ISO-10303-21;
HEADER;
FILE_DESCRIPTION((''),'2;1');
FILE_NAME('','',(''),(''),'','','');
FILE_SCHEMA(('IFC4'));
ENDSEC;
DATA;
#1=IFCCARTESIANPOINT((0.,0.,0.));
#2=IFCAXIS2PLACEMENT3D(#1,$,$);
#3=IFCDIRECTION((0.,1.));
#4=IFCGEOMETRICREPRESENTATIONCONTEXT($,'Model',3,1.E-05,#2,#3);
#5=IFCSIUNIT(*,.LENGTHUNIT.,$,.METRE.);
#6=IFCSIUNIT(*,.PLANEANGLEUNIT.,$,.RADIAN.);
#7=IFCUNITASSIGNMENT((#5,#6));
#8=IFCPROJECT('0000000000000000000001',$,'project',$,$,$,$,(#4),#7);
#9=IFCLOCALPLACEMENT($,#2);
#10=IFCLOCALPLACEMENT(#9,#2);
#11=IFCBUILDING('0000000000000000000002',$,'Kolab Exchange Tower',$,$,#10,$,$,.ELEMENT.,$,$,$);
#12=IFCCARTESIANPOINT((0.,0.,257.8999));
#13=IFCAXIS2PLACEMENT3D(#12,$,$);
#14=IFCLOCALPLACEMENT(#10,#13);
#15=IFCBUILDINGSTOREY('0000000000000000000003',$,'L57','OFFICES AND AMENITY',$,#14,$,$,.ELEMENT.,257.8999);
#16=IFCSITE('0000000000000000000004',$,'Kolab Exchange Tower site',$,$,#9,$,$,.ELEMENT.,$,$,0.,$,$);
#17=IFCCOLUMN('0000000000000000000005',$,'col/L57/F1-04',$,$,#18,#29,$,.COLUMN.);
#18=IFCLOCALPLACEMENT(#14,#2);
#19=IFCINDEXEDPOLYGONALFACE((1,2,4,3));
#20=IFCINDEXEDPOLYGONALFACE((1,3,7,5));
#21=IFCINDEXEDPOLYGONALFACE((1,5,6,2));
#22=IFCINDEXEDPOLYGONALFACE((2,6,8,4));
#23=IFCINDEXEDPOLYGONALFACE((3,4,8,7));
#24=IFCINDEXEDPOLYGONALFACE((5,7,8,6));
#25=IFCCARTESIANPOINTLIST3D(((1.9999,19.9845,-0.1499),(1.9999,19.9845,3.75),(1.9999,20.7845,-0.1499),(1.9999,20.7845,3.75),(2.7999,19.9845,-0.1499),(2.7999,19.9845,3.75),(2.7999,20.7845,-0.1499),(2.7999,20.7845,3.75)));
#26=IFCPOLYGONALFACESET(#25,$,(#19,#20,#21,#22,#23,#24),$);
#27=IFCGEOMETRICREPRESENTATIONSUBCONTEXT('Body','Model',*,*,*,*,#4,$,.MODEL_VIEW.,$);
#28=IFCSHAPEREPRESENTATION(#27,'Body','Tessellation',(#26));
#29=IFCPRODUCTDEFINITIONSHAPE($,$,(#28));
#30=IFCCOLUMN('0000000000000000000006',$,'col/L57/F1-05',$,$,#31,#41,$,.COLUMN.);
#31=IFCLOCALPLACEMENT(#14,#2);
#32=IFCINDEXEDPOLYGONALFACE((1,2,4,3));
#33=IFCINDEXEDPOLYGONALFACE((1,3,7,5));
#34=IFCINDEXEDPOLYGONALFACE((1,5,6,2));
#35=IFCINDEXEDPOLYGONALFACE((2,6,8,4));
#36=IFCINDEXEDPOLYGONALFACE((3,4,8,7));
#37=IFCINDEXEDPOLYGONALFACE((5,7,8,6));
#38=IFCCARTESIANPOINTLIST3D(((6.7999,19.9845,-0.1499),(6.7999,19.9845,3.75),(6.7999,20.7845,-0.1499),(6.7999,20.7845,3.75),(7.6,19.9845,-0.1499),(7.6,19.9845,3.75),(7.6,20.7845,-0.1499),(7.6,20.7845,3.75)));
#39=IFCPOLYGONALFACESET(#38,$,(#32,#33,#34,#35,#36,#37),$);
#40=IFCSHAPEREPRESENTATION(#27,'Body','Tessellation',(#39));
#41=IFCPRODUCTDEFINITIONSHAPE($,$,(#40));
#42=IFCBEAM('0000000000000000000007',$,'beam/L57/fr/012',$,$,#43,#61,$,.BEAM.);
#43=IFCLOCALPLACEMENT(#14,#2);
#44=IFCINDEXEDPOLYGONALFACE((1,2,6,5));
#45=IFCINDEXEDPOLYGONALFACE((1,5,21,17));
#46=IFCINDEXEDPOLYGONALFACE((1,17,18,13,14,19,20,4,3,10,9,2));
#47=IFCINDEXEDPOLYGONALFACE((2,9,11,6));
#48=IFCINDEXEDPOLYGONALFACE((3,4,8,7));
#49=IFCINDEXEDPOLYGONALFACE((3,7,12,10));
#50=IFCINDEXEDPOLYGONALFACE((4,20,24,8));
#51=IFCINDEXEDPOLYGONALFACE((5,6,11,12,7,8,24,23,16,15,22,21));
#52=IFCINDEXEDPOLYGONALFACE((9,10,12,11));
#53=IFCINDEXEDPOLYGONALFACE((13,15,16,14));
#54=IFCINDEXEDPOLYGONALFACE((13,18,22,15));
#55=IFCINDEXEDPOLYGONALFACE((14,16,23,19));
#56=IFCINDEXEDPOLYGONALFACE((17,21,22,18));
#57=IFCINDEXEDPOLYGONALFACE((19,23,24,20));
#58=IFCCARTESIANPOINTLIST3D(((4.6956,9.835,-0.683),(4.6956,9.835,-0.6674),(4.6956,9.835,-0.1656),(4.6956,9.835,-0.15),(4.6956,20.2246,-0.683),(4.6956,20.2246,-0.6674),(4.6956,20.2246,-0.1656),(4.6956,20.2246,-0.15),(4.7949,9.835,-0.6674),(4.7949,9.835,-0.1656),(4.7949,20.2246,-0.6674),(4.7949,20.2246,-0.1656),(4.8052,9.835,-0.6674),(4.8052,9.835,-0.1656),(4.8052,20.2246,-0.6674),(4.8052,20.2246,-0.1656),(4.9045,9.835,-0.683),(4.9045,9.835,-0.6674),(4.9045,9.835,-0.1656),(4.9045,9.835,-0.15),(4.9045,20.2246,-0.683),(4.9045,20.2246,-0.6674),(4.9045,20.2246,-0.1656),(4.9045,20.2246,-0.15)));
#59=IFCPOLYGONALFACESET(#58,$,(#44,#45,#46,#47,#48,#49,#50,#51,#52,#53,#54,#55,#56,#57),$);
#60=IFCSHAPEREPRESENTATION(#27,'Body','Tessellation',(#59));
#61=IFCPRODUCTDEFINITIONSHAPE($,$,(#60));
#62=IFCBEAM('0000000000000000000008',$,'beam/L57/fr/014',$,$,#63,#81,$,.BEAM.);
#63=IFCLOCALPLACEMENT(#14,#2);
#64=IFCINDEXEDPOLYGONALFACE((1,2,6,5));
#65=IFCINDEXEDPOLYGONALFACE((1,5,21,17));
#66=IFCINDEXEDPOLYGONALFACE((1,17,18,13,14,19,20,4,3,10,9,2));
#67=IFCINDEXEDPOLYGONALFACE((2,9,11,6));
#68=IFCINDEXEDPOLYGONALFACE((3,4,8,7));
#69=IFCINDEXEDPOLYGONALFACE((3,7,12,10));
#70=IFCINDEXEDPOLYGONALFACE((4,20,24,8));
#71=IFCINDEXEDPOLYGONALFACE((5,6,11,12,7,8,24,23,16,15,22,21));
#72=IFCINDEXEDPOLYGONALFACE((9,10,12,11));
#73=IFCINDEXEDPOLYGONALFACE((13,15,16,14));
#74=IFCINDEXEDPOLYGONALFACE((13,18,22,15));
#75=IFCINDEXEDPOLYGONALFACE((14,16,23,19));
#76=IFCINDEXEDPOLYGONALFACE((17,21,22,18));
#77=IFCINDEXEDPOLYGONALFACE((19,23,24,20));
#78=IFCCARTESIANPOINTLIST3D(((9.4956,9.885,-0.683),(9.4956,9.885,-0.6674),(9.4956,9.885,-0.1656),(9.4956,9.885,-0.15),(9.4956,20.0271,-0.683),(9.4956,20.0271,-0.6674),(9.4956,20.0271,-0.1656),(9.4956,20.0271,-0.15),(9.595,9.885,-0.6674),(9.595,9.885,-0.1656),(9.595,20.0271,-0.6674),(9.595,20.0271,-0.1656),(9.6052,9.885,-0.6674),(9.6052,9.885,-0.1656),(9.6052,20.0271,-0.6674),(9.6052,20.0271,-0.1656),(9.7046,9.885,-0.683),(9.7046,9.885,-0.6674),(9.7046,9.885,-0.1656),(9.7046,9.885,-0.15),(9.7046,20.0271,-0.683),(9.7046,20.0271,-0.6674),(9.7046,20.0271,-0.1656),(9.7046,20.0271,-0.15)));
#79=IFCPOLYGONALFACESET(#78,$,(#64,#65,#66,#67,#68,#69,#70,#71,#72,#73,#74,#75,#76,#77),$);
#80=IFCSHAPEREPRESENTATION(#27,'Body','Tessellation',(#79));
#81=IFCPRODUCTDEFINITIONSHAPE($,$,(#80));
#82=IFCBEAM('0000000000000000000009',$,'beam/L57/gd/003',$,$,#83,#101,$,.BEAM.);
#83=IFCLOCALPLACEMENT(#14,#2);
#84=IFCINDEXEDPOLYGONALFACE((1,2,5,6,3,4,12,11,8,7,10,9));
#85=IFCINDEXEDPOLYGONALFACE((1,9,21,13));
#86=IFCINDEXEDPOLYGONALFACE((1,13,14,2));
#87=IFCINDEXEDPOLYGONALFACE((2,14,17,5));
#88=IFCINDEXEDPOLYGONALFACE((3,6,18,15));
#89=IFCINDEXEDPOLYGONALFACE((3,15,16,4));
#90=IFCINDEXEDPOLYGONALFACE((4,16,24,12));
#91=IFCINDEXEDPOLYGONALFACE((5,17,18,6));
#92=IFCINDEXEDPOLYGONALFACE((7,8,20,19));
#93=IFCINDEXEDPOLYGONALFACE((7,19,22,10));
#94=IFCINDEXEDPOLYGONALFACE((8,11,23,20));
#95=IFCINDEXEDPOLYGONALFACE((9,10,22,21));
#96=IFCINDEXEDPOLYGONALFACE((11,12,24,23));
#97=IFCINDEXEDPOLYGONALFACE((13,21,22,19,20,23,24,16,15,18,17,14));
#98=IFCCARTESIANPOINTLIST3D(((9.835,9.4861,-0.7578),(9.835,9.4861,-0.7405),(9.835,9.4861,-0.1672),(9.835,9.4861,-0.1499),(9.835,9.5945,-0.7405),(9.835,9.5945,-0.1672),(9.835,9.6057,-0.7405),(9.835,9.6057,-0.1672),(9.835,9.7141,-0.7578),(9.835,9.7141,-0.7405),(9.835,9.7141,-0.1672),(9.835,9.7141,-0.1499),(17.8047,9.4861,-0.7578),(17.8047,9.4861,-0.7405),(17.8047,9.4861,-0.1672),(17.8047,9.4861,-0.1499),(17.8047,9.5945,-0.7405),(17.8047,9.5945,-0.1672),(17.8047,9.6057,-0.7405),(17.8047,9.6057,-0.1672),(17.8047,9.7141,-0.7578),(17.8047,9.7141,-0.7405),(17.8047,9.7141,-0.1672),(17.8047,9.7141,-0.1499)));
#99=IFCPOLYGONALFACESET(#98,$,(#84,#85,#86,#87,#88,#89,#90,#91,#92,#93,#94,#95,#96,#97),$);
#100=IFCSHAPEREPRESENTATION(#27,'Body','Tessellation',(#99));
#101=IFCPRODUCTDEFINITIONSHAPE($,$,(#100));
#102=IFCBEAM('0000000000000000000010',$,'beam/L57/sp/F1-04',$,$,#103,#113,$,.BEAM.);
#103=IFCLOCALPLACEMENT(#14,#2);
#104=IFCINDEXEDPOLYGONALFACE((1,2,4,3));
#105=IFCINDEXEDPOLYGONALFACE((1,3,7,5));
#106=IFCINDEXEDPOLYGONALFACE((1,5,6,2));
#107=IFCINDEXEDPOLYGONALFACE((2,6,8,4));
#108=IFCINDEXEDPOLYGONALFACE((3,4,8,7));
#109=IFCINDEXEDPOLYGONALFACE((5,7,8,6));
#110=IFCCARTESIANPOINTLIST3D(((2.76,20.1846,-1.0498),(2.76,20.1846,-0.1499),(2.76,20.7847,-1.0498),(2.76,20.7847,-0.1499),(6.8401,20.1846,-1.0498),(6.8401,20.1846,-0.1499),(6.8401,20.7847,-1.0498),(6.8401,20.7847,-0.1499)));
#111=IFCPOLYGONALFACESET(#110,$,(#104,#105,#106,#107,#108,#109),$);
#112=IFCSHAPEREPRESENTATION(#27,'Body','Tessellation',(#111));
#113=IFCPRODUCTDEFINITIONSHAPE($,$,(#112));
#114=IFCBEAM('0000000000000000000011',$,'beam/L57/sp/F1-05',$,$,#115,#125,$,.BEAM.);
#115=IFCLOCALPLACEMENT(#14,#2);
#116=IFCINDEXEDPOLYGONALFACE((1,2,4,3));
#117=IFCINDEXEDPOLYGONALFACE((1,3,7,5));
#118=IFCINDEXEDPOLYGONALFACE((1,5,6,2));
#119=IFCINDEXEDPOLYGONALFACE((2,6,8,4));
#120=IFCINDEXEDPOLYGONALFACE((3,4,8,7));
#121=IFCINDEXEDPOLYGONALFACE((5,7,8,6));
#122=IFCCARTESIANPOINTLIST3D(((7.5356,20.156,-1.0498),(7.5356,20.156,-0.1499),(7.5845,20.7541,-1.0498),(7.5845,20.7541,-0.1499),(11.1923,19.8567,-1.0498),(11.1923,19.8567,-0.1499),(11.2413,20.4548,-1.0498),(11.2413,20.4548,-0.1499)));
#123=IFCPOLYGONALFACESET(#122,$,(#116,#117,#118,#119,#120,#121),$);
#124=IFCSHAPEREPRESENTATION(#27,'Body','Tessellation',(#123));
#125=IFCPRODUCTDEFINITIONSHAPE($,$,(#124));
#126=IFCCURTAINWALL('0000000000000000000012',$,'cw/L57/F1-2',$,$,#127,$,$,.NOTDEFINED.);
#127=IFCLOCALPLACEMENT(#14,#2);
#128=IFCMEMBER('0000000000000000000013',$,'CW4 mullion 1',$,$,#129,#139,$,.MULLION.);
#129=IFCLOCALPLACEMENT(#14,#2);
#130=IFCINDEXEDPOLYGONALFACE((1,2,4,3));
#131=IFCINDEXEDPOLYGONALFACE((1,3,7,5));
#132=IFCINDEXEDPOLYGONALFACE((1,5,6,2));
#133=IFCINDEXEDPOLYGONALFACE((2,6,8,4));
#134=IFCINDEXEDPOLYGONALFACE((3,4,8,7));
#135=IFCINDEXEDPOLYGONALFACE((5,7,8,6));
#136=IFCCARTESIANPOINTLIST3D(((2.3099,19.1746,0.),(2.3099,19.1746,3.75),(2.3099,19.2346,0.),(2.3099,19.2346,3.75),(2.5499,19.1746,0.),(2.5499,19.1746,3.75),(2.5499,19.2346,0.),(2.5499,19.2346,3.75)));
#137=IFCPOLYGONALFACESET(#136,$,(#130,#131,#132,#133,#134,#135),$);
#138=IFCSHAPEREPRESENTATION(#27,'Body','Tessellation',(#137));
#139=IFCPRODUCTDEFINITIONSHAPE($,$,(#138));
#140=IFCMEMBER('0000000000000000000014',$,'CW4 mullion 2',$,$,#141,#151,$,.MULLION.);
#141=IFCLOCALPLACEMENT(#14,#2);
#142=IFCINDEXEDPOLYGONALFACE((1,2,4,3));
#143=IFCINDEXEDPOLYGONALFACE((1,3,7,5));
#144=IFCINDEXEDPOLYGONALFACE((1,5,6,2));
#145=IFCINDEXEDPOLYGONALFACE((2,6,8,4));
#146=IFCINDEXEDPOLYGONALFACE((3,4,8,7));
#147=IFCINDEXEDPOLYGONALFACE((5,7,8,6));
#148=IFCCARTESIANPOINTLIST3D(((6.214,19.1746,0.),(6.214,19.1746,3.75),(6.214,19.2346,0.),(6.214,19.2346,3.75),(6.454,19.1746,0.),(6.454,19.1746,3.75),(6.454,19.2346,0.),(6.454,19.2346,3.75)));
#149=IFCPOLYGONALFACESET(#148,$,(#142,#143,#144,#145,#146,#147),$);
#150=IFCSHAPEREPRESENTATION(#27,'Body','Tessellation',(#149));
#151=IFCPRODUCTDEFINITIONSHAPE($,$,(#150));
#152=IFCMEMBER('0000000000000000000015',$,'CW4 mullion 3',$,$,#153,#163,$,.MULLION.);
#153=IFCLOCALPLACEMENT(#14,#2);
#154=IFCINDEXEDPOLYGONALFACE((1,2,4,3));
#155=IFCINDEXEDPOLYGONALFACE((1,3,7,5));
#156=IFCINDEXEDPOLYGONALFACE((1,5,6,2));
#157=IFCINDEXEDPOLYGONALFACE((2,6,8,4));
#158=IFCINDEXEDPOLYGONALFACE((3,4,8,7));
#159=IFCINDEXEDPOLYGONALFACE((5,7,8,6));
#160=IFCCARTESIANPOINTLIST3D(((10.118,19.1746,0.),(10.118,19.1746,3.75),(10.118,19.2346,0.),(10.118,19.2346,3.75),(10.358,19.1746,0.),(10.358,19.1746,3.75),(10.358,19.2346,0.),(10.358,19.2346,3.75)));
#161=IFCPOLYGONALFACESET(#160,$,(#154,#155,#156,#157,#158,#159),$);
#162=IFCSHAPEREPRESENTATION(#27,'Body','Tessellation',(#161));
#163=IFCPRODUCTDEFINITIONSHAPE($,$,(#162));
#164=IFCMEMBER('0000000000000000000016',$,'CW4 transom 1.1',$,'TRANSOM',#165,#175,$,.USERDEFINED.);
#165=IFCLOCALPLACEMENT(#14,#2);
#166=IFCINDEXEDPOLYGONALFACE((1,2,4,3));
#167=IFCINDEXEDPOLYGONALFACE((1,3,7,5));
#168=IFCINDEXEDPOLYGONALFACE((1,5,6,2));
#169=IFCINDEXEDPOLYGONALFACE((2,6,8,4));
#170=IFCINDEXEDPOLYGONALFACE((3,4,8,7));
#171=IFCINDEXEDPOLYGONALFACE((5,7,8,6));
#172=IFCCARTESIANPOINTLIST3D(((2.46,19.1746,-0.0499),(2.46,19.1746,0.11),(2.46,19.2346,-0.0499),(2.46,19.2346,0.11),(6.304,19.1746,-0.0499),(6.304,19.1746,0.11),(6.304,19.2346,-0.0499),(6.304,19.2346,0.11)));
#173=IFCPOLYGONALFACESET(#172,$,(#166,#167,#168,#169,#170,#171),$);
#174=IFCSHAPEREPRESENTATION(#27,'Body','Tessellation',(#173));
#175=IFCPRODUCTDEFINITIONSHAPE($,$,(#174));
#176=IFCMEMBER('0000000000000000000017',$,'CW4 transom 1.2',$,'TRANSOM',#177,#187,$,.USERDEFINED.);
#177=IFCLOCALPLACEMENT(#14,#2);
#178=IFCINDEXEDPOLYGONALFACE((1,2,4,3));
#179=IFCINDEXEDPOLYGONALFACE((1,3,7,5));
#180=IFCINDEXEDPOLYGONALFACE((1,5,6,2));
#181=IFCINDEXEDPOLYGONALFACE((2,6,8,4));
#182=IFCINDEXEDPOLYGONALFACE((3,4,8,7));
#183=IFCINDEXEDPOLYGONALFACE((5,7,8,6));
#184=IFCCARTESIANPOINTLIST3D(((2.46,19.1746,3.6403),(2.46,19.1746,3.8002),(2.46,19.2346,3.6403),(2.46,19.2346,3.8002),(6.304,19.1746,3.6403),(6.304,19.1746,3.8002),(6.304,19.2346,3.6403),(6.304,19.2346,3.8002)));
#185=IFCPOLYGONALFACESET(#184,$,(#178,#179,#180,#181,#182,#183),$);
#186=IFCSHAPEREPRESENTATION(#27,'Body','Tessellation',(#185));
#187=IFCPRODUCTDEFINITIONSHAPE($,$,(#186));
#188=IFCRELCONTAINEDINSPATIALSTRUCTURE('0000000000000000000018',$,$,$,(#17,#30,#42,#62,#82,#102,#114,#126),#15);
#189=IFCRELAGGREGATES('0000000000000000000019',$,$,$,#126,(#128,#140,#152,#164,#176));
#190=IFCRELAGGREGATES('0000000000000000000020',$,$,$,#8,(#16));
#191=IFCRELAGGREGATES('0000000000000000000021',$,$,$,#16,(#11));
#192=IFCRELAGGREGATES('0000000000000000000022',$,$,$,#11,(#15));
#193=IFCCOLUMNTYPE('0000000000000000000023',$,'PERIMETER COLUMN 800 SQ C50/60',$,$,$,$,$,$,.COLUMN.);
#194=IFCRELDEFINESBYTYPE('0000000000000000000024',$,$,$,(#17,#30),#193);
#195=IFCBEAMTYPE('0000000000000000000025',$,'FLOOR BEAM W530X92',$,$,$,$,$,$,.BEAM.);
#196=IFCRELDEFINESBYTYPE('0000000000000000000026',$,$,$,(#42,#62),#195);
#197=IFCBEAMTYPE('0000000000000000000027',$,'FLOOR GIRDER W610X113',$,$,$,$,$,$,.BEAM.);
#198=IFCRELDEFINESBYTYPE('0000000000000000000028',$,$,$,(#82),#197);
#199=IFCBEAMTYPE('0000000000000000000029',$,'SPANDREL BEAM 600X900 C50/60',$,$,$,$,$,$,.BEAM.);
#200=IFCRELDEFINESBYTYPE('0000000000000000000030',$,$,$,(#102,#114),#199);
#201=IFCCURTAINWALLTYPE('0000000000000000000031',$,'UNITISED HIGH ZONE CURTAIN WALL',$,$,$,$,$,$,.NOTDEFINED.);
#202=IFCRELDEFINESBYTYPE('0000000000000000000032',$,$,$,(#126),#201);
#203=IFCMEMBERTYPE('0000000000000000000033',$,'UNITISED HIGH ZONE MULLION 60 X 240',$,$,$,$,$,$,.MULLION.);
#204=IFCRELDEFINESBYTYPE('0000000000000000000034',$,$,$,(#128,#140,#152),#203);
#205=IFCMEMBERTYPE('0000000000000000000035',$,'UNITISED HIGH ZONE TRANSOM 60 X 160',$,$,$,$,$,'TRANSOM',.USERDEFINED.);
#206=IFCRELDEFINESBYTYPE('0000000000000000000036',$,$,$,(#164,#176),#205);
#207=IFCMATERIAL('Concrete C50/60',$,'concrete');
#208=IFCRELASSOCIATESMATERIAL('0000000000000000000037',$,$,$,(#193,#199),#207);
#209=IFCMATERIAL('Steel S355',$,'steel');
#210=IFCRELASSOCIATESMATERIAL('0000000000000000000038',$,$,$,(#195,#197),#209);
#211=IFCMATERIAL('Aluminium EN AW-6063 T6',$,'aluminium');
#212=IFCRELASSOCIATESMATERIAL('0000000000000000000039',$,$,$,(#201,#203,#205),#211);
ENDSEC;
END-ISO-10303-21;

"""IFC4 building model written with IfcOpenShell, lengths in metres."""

from ifc_helpers import new_model, si_unit, direction, frame, origin, origin_2d, place, context, subcontext, project, spatial, rectangle, i_section, extrude, material, material_profile, profile_set, type_object, element, aggregate, save


model = new_model("IFC4")

# Units and contexts
model_context = context("Model", 3, precision=1e-05, world=origin(), true_north=direction((0.0, 1.0)))
body_context = subcontext(model_context, "Body", "Model", "MODEL_VIEW")
ifc_project = project(units=[si_unit("LENGTHUNIT", "METRE"), si_unit("PLANEANGLEUNIT", "RADIAN")], contexts=[model_context])

# Site, building, storey
site_placement = place(None, origin())
site = spatial("IfcSite", under=ifc_project, at=site_placement, Name="Kolab Exchange Tower site", CompositionType="ELEMENT", RefElevation=0.0)
building_placement = place(site_placement, origin())
building = spatial("IfcBuilding", under=site, at=building_placement, Name="Kolab Exchange Tower", CompositionType="ELEMENT")
storey_placement = place(building_placement, frame((0.0, 0.0, 257.8999)))
storey = spatial("IfcBuildingStorey", under=building, at=storey_placement, Name="L57", Description="OFFICES AND AMENITY", CompositionType="ELEMENT", Elevation=257.8999)

# Columns
ifc_material_1 = material(Name="Concrete C50/60", Category="concrete")
ifc_material_profile_1 = material_profile(ifc_material_1, rectangle(XDim=0.8, YDim=0.8, at=origin_2d()), Name="RC800")
ifc_profile_set_1 = profile_set([ifc_material_profile_1], Name="Concrete C50/60")
column_type = type_object("IfcColumnType", Name="PERIMETER COLUMN 800 SQ C50/60", PredefinedType="COLUMN", material=ifc_profile_set_1)
for number, where, z_axis, x_axis, name in (
    (1, (2.3999, 20.3845, -0.1499), (0.0, 0.0, 1.0), (1.0, 0.0, 0.0), "col/L57/F1-04"),
    (2, (7.2, 20.3845, -0.1499), (0.0, 0.0, 1.0), (1.0, 0.0, 0.0), "col/L57/F1-05"),
):
    element("IfcColumn", number, at=place(storey_placement, frame(where, z_axis=z_axis, x_axis=x_axis)), inside=storey, type_object=column_type, Name=name, PredefinedType="COLUMN", context=body_context, shape_type="SweptSolid", body=[
        extrude(rectangle(XDim=0.8, YDim=0.8, at=origin_2d()), origin(), (0.0, 0.0, 1.0), 3.8999),
    ])

# Beams
ifc_material_2 = material(Name="Steel S355", Category="steel")
ifc_material_profile_2 = material_profile(ifc_material_2, i_section(OverallWidth=0.209, OverallDepth=0.533, WebThickness=0.0103, FlangeThickness=0.0156, at=origin_2d()), Name="W530X92")
ifc_profile_set_2 = profile_set([ifc_material_profile_2], Name="Steel S355")
beam_type_1 = type_object("IfcBeamType", Name="FLOOR BEAM W530X92", PredefinedType="BEAM", material=ifc_profile_set_2)
beam_1_placement = place(storey_placement, frame((4.8, 9.835, -0.4165), z_axis=(0.0, 1.0, 0.0), x_axis=(-1.0, 0.0, 0.0)))
element("IfcBeam", 3, at=beam_1_placement, inside=storey, type_object=beam_type_1, Name="beam/L57/fr/012", PredefinedType="BEAM", context=body_context, shape_type="SweptSolid", body=[
    extrude(i_section(OverallWidth=0.209, OverallDepth=0.533, WebThickness=0.0103, FlangeThickness=0.0156, at=origin_2d()), origin(), (0.0, 0.0, 1.0), 10.3896),
])
beam_2_placement = place(storey_placement, frame((9.6001, 9.885, -0.4165), z_axis=(0.0, 1.0, 0.0), x_axis=(-1.0, 0.0, 0.0)))
element("IfcBeam", 4, at=beam_2_placement, inside=storey, type_object=beam_type_1, Name="beam/L57/fr/014", PredefinedType="BEAM", context=body_context, shape_type="SweptSolid", body=[
    extrude(i_section(OverallWidth=0.209, OverallDepth=0.533, WebThickness=0.0103, FlangeThickness=0.0156, at=origin_2d()), origin(), (0.0, 0.0, 1.0), 10.1421),
])
ifc_material_profile_3 = material_profile(ifc_material_2, i_section(OverallWidth=0.228, OverallDepth=0.6079, WebThickness=0.0112, FlangeThickness=0.0173, at=origin_2d()), Name="W610X113")
ifc_profile_set_3 = profile_set([ifc_material_profile_3], Name="Steel S355")
beam_type_2 = type_object("IfcBeamType", Name="FLOOR GIRDER W610X113", PredefinedType="BEAM", material=ifc_profile_set_3)
beam_3_placement = place(storey_placement, frame((9.835, 9.6001, -0.4539), z_axis=(1.0, 0.0, 0.0), x_axis=(0.0, 1.0, 0.0)))
element("IfcBeam", 5, at=beam_3_placement, inside=storey, type_object=beam_type_2, Name="beam/L57/gd/003", PredefinedType="BEAM", context=body_context, shape_type="SweptSolid", body=[
    extrude(i_section(OverallWidth=0.228, OverallDepth=0.6079, WebThickness=0.0112, FlangeThickness=0.0173, at=origin_2d()), origin(), (0.0, 0.0, 1.0), 7.9697),
])
ifc_material_profile_4 = material_profile(ifc_material_1, rectangle(XDim=0.6001, YDim=0.8999, at=origin_2d()), Name="RC600X900")
ifc_profile_set_4 = profile_set([ifc_material_profile_4], Name="Concrete C50/60")
beam_type_3 = type_object("IfcBeamType", Name="SPANDREL BEAM 600X900 C50/60", PredefinedType="BEAM", material=ifc_profile_set_4)
beam_4_placement = place(storey_placement, frame((2.76, 20.4846, -0.5999), z_axis=(1.0, 0.0, 0.0), x_axis=(0.0, 1.0, 0.0)))
element("IfcBeam", 6, at=beam_4_placement, inside=storey, type_object=beam_type_3, Name="beam/L57/sp/F1-04", PredefinedType="BEAM", context=body_context, shape_type="SweptSolid", body=[
    extrude(rectangle(XDim=0.6001, YDim=0.8999, at=origin_2d()), origin(), (0.0, 0.0, 1.0), 4.0801),
])
beam_5_placement = place(storey_placement, frame((7.5601, 20.4551, -0.5999), z_axis=(0.996667, -0.081581, 0.0), x_axis=(0.081581, 0.996667, 0.0)))
element("IfcBeam", 7, at=beam_5_placement, inside=storey, type_object=beam_type_3, Name="beam/L57/sp/F1-05", PredefinedType="BEAM", context=body_context, shape_type="SweptSolid", body=[
    extrude(rectangle(XDim=0.6001, YDim=0.8999, at=origin_2d()), origin(), (0.0, 0.0, 1.0), 3.6689),
])

# Curtain wall, members
ifc_material_3 = material(Name="Aluminium EN AW-6063 T6", Category="aluminium")
curtain_wall_type = type_object("IfcCurtainWallType", Name="UNITISED HIGH ZONE CURTAIN WALL", PredefinedType="NOTDEFINED", material=ifc_material_3)
curtain_wall_placement = place(storey_placement, origin())
curtain_wall = element("IfcCurtainWall", 8, at=curtain_wall_placement, inside=storey, type_object=curtain_wall_type, Name="cw/L57/F1-2", PredefinedType="NOTDEFINED")
ifc_material_profile_5 = material_profile(ifc_material_3, rectangle(XDim=0.0601, YDim=0.24, at=origin_2d()), Name="RECT 60X240")
ifc_profile_set_5 = profile_set([ifc_material_profile_5], Name="Aluminium EN AW-6063 T6")
member_type_1 = type_object("IfcMemberType", Name="UNITISED HIGH ZONE MULLION 60 X 240", PredefinedType="MULLION", material=ifc_profile_set_5)
member_1_placement = place(storey_placement, frame((2.4299, 19.2046, 0.0), z_axis=(0.0, 0.0, 1.0), x_axis=(0.0, 1.0, 0.0)))
member_1 = element("IfcMember", 9, at=member_1_placement, type_object=member_type_1, Name="CW4 mullion 1", PredefinedType="MULLION", context=body_context, shape_type="SweptSolid", body=[
    extrude(rectangle(XDim=0.0601, YDim=0.24, at=origin_2d()), origin(), (0.0, 0.0, 1.0), 3.75),
])
member_2_placement = place(storey_placement, frame((6.334, 19.2046, 0.0), z_axis=(0.0, 0.0, 1.0), x_axis=(0.0, 1.0, 0.0)))
member_2 = element("IfcMember", 10, at=member_2_placement, type_object=member_type_1, Name="CW4 mullion 2", PredefinedType="MULLION", context=body_context, shape_type="SweptSolid", body=[
    extrude(rectangle(XDim=0.0601, YDim=0.24, at=origin_2d()), origin(), (0.0, 0.0, 1.0), 3.75),
])
member_3_placement = place(storey_placement, frame((10.238, 19.2046, 0.0), z_axis=(0.0, 0.0, 1.0), x_axis=(0.0, 1.0, 0.0)))
member_3 = element("IfcMember", 11, at=member_3_placement, type_object=member_type_1, Name="CW4 mullion 3", PredefinedType="MULLION", context=body_context, shape_type="SweptSolid", body=[
    extrude(rectangle(XDim=0.0601, YDim=0.24, at=origin_2d()), origin(), (0.0, 0.0, 1.0), 3.75),
])
ifc_material_profile_6 = material_profile(ifc_material_3, rectangle(XDim=0.0601, YDim=0.1599, at=origin_2d()), Name="RECT 60X160")
ifc_profile_set_6 = profile_set([ifc_material_profile_6], Name="Aluminium EN AW-6063 T6")
member_type_2 = type_object("IfcMemberType", Name="UNITISED HIGH ZONE TRANSOM 60 X 160", ElementType="TRANSOM", PredefinedType="USERDEFINED", material=ifc_profile_set_6)
member_4_placement = place(storey_placement, frame((2.46, 19.2046, 0.03), z_axis=(1.0, 0.0, 0.0), x_axis=(0.0, 1.0, 0.0)))
member_4 = element("IfcMember", 12, at=member_4_placement, type_object=member_type_2, Name="CW4 transom 1.1", ObjectType="TRANSOM", PredefinedType="USERDEFINED", context=body_context, shape_type="SweptSolid", body=[
    extrude(rectangle(XDim=0.0601, YDim=0.1599, at=origin_2d()), origin(), (0.0, 0.0, 1.0), 3.844),
])
member_5_placement = place(storey_placement, frame((2.46, 19.2046, 3.7202), z_axis=(1.0, 0.0, 0.0), x_axis=(0.0, 1.0, 0.0)))
member_5 = element("IfcMember", 13, at=member_5_placement, type_object=member_type_2, Name="CW4 transom 1.2", ObjectType="TRANSOM", PredefinedType="USERDEFINED", context=body_context, shape_type="SweptSolid", body=[
    extrude(rectangle(XDim=0.0601, YDim=0.1599, at=origin_2d()), origin(), (0.0, 0.0, 1.0), 3.844),
])
aggregate(curtain_wall, [member_1, member_2, member_3, member_4, member_5])

save(model, "model.ifc")
